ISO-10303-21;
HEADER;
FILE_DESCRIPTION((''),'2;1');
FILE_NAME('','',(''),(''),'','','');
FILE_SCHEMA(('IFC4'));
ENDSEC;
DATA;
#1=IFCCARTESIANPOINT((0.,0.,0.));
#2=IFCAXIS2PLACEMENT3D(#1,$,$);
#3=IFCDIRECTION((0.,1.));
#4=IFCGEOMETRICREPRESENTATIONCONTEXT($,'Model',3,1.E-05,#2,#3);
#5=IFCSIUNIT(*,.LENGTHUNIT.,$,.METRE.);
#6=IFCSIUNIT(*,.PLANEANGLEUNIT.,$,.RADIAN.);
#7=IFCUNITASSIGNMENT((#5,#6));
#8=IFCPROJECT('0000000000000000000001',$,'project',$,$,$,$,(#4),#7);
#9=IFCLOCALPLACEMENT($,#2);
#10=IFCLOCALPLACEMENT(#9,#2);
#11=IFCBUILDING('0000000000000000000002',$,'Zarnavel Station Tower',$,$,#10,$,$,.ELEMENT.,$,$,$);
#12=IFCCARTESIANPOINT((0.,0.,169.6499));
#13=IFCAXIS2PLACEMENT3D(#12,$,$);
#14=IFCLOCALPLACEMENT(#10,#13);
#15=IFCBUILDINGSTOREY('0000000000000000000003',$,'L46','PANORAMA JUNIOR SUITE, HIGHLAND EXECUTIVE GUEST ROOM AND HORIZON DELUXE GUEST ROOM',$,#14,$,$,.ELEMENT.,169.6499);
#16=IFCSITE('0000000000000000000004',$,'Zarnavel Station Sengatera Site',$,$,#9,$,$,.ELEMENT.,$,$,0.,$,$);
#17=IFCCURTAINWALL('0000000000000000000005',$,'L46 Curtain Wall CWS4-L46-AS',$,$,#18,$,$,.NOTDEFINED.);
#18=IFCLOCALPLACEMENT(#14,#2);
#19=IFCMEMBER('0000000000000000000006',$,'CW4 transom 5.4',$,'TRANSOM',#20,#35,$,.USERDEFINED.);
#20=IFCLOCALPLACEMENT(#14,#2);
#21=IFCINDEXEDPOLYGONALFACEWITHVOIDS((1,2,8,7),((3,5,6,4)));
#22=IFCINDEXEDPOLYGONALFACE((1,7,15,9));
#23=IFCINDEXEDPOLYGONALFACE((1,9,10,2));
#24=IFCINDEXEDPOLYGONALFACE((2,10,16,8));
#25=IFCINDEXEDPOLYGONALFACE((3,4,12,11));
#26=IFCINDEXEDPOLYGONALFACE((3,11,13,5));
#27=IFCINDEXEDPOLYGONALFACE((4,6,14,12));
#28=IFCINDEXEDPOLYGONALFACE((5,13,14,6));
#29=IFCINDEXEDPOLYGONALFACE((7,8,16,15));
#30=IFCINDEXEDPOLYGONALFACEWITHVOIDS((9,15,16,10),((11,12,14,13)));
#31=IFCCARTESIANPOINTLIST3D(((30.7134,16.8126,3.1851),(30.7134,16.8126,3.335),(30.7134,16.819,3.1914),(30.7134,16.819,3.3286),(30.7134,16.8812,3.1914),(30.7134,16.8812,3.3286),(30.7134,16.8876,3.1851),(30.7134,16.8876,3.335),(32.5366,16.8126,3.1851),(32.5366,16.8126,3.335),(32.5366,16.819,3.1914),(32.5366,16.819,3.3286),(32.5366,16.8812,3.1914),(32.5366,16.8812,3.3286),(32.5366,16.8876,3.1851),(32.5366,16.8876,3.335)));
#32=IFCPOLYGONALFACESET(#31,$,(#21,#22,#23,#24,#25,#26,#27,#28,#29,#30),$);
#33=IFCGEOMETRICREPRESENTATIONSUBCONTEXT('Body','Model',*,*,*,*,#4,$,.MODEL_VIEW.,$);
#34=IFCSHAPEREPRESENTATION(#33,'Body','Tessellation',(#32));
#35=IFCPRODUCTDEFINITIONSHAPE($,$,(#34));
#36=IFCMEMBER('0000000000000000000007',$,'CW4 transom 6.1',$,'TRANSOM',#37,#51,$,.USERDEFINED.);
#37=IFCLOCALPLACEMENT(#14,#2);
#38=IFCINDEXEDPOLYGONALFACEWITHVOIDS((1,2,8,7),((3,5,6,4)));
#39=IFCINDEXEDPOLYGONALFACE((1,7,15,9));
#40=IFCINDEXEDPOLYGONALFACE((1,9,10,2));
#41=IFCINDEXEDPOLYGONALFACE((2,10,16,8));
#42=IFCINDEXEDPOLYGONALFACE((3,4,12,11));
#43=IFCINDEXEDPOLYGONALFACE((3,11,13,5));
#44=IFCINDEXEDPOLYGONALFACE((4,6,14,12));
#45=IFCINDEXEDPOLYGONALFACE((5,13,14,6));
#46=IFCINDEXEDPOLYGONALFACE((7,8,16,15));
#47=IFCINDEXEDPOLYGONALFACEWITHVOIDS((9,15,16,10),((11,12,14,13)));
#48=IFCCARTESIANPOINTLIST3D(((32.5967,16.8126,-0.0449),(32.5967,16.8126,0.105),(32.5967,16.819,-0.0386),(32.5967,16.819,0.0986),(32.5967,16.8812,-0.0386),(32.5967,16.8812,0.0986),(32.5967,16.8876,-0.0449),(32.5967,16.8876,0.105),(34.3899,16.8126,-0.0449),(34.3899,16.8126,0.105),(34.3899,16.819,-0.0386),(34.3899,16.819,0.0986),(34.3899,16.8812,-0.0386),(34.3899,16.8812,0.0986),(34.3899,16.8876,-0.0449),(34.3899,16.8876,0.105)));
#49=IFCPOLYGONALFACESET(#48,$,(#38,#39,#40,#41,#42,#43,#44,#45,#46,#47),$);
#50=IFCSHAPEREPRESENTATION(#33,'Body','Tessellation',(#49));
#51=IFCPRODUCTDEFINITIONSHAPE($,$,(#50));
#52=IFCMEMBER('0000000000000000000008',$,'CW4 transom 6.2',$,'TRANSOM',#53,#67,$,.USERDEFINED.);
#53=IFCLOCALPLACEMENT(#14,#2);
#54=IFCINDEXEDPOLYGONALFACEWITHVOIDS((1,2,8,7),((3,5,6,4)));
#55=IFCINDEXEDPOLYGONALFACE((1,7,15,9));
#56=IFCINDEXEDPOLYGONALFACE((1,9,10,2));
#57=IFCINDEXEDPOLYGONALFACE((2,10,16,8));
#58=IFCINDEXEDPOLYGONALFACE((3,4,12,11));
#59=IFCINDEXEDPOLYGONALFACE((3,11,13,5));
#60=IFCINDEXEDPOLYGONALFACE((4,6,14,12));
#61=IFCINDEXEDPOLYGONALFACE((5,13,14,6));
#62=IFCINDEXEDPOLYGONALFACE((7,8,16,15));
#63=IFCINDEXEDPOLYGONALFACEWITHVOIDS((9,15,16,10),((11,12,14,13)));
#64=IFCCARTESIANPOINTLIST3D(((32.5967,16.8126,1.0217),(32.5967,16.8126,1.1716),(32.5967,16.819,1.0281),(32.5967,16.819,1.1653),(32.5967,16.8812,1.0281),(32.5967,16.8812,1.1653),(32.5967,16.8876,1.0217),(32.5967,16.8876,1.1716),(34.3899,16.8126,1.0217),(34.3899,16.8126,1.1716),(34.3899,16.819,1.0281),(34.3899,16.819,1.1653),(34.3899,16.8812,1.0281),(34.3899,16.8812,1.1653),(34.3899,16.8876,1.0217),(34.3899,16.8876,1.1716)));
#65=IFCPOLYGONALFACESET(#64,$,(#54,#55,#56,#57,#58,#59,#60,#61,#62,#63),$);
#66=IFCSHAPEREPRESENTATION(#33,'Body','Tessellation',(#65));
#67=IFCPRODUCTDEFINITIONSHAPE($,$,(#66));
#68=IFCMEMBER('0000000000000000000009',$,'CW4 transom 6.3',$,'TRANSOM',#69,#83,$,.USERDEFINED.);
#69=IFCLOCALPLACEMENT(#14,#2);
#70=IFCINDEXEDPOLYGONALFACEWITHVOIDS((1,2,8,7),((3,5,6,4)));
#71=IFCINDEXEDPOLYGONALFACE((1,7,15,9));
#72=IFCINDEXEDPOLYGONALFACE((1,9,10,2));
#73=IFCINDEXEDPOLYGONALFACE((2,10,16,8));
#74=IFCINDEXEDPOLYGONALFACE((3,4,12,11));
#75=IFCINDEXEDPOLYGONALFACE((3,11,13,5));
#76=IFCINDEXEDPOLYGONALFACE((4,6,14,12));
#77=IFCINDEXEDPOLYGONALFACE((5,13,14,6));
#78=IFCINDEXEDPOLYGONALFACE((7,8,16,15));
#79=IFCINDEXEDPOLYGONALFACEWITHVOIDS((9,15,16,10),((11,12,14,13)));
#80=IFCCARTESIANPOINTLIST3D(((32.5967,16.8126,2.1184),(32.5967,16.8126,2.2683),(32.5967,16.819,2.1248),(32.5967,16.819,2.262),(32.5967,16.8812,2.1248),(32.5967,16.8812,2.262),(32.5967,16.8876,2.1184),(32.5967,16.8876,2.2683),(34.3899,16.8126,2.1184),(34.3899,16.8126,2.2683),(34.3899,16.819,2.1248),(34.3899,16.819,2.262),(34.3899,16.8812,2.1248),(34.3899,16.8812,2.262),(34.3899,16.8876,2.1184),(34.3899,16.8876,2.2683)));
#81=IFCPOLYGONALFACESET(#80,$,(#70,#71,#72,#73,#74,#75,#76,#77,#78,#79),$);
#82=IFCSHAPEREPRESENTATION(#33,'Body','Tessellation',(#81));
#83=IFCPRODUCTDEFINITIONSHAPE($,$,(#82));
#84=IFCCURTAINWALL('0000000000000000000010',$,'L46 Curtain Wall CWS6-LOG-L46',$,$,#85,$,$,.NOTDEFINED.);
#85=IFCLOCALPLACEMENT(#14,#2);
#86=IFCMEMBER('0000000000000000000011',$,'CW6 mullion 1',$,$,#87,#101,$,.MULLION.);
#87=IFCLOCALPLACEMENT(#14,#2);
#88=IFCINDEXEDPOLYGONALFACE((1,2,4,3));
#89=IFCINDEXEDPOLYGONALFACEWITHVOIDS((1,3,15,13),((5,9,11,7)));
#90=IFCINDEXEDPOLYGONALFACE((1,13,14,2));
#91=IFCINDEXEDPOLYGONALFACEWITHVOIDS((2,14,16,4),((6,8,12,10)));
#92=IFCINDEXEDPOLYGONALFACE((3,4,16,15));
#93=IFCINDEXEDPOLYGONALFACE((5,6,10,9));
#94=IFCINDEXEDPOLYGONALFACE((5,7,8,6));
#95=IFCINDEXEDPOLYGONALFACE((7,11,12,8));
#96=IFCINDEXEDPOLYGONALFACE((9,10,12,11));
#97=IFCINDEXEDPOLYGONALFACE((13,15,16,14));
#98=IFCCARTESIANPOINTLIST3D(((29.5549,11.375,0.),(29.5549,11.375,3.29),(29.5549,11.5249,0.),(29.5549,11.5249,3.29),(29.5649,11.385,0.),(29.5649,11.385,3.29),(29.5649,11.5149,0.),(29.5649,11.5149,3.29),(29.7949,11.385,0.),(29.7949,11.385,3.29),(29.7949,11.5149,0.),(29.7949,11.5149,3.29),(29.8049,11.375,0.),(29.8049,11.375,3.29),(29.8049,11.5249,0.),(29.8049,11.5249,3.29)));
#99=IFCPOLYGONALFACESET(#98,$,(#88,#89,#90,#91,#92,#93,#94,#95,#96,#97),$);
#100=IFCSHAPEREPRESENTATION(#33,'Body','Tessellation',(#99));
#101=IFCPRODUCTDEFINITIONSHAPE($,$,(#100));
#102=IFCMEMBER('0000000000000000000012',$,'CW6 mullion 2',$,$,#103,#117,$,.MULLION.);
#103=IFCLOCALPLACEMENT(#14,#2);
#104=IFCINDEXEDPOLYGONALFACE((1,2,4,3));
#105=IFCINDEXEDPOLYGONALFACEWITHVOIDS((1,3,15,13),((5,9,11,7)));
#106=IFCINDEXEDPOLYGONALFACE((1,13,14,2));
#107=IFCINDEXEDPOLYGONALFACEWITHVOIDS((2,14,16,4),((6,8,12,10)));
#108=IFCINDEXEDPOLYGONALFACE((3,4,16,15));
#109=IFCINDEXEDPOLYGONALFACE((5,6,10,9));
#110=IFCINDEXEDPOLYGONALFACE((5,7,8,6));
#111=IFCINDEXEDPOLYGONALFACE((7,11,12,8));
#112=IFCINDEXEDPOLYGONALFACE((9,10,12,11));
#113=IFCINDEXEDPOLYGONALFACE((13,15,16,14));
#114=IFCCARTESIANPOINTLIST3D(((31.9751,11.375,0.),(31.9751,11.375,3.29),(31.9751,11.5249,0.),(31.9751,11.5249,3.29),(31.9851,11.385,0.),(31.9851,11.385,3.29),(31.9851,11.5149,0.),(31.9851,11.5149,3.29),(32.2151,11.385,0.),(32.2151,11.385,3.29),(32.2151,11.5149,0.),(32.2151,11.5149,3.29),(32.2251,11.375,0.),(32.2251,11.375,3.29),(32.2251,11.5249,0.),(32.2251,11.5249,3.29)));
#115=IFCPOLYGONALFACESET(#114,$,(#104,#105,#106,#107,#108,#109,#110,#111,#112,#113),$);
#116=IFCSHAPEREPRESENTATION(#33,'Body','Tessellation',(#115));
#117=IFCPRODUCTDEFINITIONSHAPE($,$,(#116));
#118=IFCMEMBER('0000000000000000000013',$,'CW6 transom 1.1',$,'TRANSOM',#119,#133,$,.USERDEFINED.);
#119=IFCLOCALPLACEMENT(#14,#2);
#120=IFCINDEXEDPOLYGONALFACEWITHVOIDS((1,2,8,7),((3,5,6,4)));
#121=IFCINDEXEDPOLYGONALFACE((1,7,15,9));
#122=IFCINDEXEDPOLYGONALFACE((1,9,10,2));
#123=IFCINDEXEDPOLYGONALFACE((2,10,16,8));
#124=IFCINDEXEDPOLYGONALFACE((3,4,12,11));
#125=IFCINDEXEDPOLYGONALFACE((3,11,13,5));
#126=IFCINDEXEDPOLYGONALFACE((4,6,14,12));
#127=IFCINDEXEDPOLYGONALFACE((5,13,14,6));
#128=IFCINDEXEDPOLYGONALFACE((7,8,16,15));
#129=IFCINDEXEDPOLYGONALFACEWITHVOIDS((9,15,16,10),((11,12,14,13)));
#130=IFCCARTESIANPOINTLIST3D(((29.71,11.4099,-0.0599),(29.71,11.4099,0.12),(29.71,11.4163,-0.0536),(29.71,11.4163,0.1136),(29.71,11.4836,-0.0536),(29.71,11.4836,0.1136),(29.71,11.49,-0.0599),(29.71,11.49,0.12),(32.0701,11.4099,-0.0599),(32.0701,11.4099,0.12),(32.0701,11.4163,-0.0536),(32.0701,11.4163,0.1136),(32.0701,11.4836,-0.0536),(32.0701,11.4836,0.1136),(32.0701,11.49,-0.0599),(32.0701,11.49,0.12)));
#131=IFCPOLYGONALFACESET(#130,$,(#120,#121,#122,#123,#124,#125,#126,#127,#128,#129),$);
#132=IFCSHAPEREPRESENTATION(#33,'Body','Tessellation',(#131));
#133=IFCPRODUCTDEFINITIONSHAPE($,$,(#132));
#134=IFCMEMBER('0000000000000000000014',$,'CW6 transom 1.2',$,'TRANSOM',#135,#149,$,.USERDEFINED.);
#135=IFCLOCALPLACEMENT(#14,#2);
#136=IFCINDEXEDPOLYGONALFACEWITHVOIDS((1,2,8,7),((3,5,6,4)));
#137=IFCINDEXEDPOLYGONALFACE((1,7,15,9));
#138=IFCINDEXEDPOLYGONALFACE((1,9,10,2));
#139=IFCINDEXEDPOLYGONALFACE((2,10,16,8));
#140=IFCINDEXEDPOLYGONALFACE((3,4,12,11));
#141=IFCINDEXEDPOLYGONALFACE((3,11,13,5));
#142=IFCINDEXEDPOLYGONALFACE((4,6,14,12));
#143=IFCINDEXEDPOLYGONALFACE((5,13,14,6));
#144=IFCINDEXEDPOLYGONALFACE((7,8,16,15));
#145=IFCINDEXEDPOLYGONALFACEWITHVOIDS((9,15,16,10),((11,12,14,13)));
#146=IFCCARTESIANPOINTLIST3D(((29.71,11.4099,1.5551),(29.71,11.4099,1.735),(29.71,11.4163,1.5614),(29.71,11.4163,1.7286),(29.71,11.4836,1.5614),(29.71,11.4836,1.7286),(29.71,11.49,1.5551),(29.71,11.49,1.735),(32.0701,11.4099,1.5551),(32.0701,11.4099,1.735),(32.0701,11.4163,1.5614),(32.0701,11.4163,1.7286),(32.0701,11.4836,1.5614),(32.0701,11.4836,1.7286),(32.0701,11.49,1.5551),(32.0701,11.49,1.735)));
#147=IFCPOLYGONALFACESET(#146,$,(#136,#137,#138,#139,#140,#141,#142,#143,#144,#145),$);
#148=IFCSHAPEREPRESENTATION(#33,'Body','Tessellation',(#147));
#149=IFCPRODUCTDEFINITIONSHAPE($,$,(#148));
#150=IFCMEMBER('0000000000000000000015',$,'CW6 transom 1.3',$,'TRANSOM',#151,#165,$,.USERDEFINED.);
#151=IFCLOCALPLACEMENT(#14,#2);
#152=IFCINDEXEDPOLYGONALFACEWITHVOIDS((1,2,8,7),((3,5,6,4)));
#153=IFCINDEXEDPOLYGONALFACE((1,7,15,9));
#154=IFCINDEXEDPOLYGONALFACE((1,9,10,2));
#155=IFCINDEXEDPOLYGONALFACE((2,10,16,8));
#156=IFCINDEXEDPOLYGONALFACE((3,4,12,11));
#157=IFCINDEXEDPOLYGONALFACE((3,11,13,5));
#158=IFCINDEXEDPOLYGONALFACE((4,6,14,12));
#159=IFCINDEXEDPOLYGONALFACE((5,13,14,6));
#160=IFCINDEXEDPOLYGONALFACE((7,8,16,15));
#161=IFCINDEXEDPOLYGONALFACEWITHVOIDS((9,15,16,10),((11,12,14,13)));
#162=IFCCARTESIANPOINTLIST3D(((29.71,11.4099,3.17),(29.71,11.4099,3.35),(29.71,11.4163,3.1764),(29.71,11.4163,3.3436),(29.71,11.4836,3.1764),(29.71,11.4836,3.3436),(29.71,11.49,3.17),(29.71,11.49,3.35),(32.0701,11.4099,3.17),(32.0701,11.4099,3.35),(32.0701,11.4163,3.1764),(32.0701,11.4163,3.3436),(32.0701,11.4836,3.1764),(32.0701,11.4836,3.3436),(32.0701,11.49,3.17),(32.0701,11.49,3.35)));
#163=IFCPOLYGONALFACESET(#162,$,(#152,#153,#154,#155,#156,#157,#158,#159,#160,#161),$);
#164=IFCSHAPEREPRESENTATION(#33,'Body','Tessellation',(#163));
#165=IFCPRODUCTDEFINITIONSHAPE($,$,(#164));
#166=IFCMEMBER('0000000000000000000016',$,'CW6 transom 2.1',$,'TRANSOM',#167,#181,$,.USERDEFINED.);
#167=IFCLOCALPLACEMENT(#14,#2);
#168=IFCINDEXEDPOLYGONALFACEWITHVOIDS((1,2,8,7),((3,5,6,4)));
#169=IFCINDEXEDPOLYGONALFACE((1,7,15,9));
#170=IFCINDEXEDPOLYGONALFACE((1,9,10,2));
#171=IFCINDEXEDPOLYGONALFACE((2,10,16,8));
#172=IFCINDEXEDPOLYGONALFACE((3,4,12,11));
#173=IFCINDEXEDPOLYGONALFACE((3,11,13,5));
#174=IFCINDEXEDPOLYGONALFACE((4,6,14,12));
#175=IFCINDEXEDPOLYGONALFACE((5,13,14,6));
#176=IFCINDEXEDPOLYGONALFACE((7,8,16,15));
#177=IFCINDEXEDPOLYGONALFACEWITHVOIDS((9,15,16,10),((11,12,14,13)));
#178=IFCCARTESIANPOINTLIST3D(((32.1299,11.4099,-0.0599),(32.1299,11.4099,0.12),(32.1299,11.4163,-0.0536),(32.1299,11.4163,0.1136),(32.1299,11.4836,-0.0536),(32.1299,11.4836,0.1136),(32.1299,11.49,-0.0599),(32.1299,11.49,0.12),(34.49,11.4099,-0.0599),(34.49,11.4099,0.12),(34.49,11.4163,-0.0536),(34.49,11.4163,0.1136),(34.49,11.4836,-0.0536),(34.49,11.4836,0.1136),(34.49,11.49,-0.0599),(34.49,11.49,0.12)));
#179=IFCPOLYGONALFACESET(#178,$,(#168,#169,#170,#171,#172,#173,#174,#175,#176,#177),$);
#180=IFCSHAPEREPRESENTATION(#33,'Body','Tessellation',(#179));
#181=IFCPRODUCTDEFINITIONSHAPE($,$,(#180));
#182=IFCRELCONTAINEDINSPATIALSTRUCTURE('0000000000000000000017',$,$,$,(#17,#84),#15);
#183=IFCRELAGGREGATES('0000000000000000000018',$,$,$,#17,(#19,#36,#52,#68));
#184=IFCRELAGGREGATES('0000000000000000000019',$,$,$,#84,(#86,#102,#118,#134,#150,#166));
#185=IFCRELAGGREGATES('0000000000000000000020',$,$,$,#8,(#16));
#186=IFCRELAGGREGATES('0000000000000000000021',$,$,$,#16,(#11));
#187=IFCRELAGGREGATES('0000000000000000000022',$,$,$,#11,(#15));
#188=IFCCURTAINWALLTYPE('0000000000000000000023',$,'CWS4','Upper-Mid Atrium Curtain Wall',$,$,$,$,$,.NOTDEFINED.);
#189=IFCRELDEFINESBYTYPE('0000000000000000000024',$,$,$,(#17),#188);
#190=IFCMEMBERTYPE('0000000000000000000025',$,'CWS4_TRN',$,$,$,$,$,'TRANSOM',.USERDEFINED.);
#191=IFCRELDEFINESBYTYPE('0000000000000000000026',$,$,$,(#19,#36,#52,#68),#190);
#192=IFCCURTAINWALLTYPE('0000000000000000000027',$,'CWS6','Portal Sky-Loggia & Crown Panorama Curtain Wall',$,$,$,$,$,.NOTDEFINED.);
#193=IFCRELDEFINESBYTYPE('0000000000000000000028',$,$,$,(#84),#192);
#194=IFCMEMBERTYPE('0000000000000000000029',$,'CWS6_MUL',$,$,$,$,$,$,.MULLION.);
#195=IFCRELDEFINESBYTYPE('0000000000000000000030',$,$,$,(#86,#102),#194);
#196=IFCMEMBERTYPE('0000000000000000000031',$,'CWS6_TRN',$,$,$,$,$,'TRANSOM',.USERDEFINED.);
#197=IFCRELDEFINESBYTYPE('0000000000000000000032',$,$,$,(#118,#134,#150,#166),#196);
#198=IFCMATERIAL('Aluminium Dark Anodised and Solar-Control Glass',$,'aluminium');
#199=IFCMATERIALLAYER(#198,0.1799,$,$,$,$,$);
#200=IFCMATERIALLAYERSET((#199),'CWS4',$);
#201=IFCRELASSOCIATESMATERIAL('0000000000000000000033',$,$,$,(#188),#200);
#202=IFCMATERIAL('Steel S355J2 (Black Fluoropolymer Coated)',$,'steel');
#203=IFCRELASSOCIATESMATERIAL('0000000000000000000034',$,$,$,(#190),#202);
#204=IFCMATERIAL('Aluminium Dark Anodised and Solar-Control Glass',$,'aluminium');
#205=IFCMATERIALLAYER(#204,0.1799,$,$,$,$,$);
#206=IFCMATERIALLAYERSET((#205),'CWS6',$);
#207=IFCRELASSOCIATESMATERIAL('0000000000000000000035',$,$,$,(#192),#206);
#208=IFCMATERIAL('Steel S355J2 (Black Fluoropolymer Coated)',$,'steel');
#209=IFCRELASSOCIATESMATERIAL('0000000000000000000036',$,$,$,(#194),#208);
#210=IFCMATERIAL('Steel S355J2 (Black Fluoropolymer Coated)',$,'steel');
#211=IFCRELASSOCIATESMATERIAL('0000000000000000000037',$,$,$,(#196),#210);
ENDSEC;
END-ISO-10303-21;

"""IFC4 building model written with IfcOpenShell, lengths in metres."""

from ifc_helpers import new_model, si_unit, direction, frame, origin, origin_2d, place, context, subcontext, project, spatial, hollow_rectangle, extrude, material, layer, layer_set, material_profile, profile_set, type_object, element, aggregate, save


model = new_model("IFC4")

# Units and contexts
model_context = context("Model", 3, precision=1e-05, world=origin(), true_north=direction((0.0, 1.0)))
body_context = subcontext(model_context, "Body", "Model", "MODEL_VIEW")
ifc_project = project(units=[si_unit("LENGTHUNIT", "METRE"), si_unit("PLANEANGLEUNIT", "RADIAN")], contexts=[model_context])

# Site, building, storey
site_placement = place(None, origin())
site = spatial("IfcSite", under=ifc_project, at=site_placement, Name="Zarnavel Station Sengatera Site", CompositionType="ELEMENT", RefElevation=0.0)
building_placement = place(site_placement, origin())
building = spatial("IfcBuilding", under=site, at=building_placement, Name="Zarnavel Station Tower", CompositionType="ELEMENT")
storey_placement = place(building_placement, frame((0.0, 0.0, 169.6499)))
storey = spatial("IfcBuildingStorey", under=building, at=storey_placement, Name="L46", Description="PANORAMA JUNIOR SUITE, HIGHLAND EXECUTIVE GUEST ROOM AND HORIZON DELUXE GUEST ROOM", CompositionType="ELEMENT", Elevation=169.6499)

# Curtain walls, members
ifc_material_1 = material(Name="Aluminium Dark Anodised and Solar-Control Glass", Category="aluminium")
ifc_layer_1 = layer(ifc_material_1, 0.1799)
ifc_layer_set_1 = layer_set([ifc_layer_1], Name="CWS4")
curtain_wall_type_1 = type_object("IfcCurtainWallType", Name="CWS4", Description="Upper-Mid Atrium Curtain Wall", PredefinedType="NOTDEFINED", material=ifc_layer_set_1)
curtain_wall_1_placement = place(storey_placement, origin())
curtain_wall_1 = element("IfcCurtainWall", 1, at=curtain_wall_1_placement, inside=storey, type_object=curtain_wall_type_1, Name="L46 Curtain Wall CWS4-L46-AS", PredefinedType="NOTDEFINED")
ifc_material_2 = material(Name="Steel S355J2 (Black Fluoropolymer Coated)", Category="steel")
ifc_material_profile_1 = material_profile(ifc_material_2, hollow_rectangle(XDim=0.075, YDim=0.1499, WallThickness=0.0063, at=origin_2d()), Name="RHS150x75x6.3")
ifc_profile_set_1 = profile_set([ifc_material_profile_1], Name="Steel S355J2 (Black Fluoropolymer Coated)")
member_type_1 = type_object("IfcMemberType", Name="CWS4_TRN", ElementType="TRANSOM", PredefinedType="USERDEFINED", material=ifc_profile_set_1)
member_1_placement = place(storey_placement, frame((30.7134, 16.8501, 3.26), z_axis=(1.0, 0.0, 0.0), x_axis=(0.0, 1.0, 0.0)))
member_1 = element("IfcMember", 2, at=member_1_placement, type_object=member_type_1, Name="CW4 transom 5.4", ObjectType="TRANSOM", PredefinedType="USERDEFINED", context=body_context, shape_type="SweptSolid", body=[
    extrude(hollow_rectangle(XDim=0.075, YDim=0.1499, WallThickness=0.0063, at=origin_2d()), origin(), (0.0, 0.0, 1.0), 1.8232),
])
member_2_placement = place(storey_placement, frame((32.5967, 16.8501, 0.03), z_axis=(1.0, 0.0, 0.0), x_axis=(0.0, 1.0, 0.0)))
member_2 = element("IfcMember", 3, at=member_2_placement, type_object=member_type_1, Name="CW4 transom 6.1", ObjectType="TRANSOM", PredefinedType="USERDEFINED", context=body_context, shape_type="SweptSolid", body=[
    extrude(hollow_rectangle(XDim=0.075, YDim=0.1499, WallThickness=0.0063, at=origin_2d()), origin(), (0.0, 0.0, 1.0), 1.7932),
])
member_3_placement = place(storey_placement, frame((32.5967, 16.8501, 1.0967), z_axis=(1.0, 0.0, 0.0), x_axis=(0.0, 1.0, 0.0)))
member_3 = element("IfcMember", 4, at=member_3_placement, type_object=member_type_1, Name="CW4 transom 6.2", ObjectType="TRANSOM", PredefinedType="USERDEFINED", context=body_context, shape_type="SweptSolid", body=[
    extrude(hollow_rectangle(XDim=0.075, YDim=0.1499, WallThickness=0.0063, at=origin_2d()), origin(), (0.0, 0.0, 1.0), 1.7932),
])
member_4_placement = place(storey_placement, frame((32.5967, 16.8501, 2.1934), z_axis=(1.0, 0.0, 0.0), x_axis=(0.0, 1.0, 0.0)))
member_4 = element("IfcMember", 5, at=member_4_placement, type_object=member_type_1, Name="CW4 transom 6.3", ObjectType="TRANSOM", PredefinedType="USERDEFINED", context=body_context, shape_type="SweptSolid", body=[
    extrude(hollow_rectangle(XDim=0.075, YDim=0.1499, WallThickness=0.0063, at=origin_2d()), origin(), (0.0, 0.0, 1.0), 1.7932),
])
ifc_material_3 = material(Name="Aluminium Dark Anodised and Solar-Control Glass", Category="aluminium")
ifc_layer_2 = layer(ifc_material_3, 0.1799)
ifc_layer_set_2 = layer_set([ifc_layer_2], Name="CWS6")
curtain_wall_type_2 = type_object("IfcCurtainWallType", Name="CWS6", Description="Portal Sky-Loggia & Crown Panorama Curtain Wall", PredefinedType="NOTDEFINED", material=ifc_layer_set_2)
curtain_wall_2_placement = place(storey_placement, origin())
curtain_wall_2 = element("IfcCurtainWall", 6, at=curtain_wall_2_placement, inside=storey, type_object=curtain_wall_type_2, Name="L46 Curtain Wall CWS6-LOG-L46", PredefinedType="NOTDEFINED")
ifc_material_4 = material(Name="Steel S355J2 (Black Fluoropolymer Coated)", Category="steel")
ifc_material_profile_2 = material_profile(ifc_material_4, hollow_rectangle(XDim=0.1499, YDim=0.25, WallThickness=0.01, at=origin_2d()), Name="RHS250x150x10")
ifc_profile_set_2 = profile_set([ifc_material_profile_2], Name="Steel S355J2 (Black Fluoropolymer Coated)")
member_type_2 = type_object("IfcMemberType", Name="CWS6_MUL", PredefinedType="MULLION", material=ifc_profile_set_2)
member_5_placement = place(storey_placement, frame((29.6799, 11.45, 0.0), z_axis=(0.0, 0.0, 1.0), x_axis=(0.0, 1.0, 0.0)))
member_5 = element("IfcMember", 7, at=member_5_placement, type_object=member_type_2, Name="CW6 mullion 1", PredefinedType="MULLION", context=body_context, shape_type="SweptSolid", body=[
    extrude(hollow_rectangle(XDim=0.1499, YDim=0.25, WallThickness=0.01, at=origin_2d()), origin(), (0.0, 0.0, 1.0), 3.29),
])
member_6_placement = place(storey_placement, frame((32.1001, 11.45, 0.0), z_axis=(0.0, 0.0, 1.0), x_axis=(0.0, 1.0, 0.0)))
member_6 = element("IfcMember", 8, at=member_6_placement, type_object=member_type_2, Name="CW6 mullion 2", PredefinedType="MULLION", context=body_context, shape_type="SweptSolid", body=[
    extrude(hollow_rectangle(XDim=0.1499, YDim=0.25, WallThickness=0.01, at=origin_2d()), origin(), (0.0, 0.0, 1.0), 3.29),
])
ifc_material_5 = material(Name="Steel S355J2 (Black Fluoropolymer Coated)", Category="steel")
ifc_material_profile_3 = material_profile(ifc_material_5, hollow_rectangle(XDim=0.0801, YDim=0.1799, WallThickness=0.0063, at=origin_2d()), Name="RHS180x80x6.3")
ifc_profile_set_3 = profile_set([ifc_material_profile_3], Name="Steel S355J2 (Black Fluoropolymer Coated)")
member_type_3 = type_object("IfcMemberType", Name="CWS6_TRN", ElementType="TRANSOM", PredefinedType="USERDEFINED", material=ifc_profile_set_3)
member_7_placement = place(storey_placement, frame((29.71, 11.45, 0.03), z_axis=(1.0, 0.0, 0.0), x_axis=(0.0, 1.0, 0.0)))
member_7 = element("IfcMember", 9, at=member_7_placement, type_object=member_type_3, Name="CW6 transom 1.1", ObjectType="TRANSOM", PredefinedType="USERDEFINED", context=body_context, shape_type="SweptSolid", body=[
    extrude(hollow_rectangle(XDim=0.0801, YDim=0.1799, WallThickness=0.0063, at=origin_2d()), origin(), (0.0, 0.0, 1.0), 2.3601),
])
member_8_placement = place(storey_placement, frame((29.71, 11.45, 1.645), z_axis=(1.0, 0.0, 0.0), x_axis=(0.0, 1.0, 0.0)))
member_8 = element("IfcMember", 10, at=member_8_placement, type_object=member_type_3, Name="CW6 transom 1.2", ObjectType="TRANSOM", PredefinedType="USERDEFINED", context=body_context, shape_type="SweptSolid", body=[
    extrude(hollow_rectangle(XDim=0.0801, YDim=0.1799, WallThickness=0.0063, at=origin_2d()), origin(), (0.0, 0.0, 1.0), 2.3601),
])
member_9_placement = place(storey_placement, frame((29.71, 11.45, 3.26), z_axis=(1.0, 0.0, 0.0), x_axis=(0.0, 1.0, 0.0)))
member_9 = element("IfcMember", 11, at=member_9_placement, type_object=member_type_3, Name="CW6 transom 1.3", ObjectType="TRANSOM", PredefinedType="USERDEFINED", context=body_context, shape_type="SweptSolid", body=[
    extrude(hollow_rectangle(XDim=0.0801, YDim=0.1799, WallThickness=0.0063, at=origin_2d()), origin(), (0.0, 0.0, 1.0), 2.3601),
])
member_10_placement = place(storey_placement, frame((32.1299, 11.45, 0.03), z_axis=(1.0, 0.0, 0.0), x_axis=(0.0, 1.0, 0.0)))
member_10 = element("IfcMember", 12, at=member_10_placement, type_object=member_type_3, Name="CW6 transom 2.1", ObjectType="TRANSOM", PredefinedType="USERDEFINED", context=body_context, shape_type="SweptSolid", body=[
    extrude(hollow_rectangle(XDim=0.0801, YDim=0.1799, WallThickness=0.0063, at=origin_2d()), origin(), (0.0, 0.0, 1.0), 2.3601),
])

aggregate(curtain_wall_1, [member_1, member_2, member_3, member_4])
aggregate(curtain_wall_2, [member_5, member_6, member_7, member_8, member_9, member_10])

save(model, "model.ifc")
